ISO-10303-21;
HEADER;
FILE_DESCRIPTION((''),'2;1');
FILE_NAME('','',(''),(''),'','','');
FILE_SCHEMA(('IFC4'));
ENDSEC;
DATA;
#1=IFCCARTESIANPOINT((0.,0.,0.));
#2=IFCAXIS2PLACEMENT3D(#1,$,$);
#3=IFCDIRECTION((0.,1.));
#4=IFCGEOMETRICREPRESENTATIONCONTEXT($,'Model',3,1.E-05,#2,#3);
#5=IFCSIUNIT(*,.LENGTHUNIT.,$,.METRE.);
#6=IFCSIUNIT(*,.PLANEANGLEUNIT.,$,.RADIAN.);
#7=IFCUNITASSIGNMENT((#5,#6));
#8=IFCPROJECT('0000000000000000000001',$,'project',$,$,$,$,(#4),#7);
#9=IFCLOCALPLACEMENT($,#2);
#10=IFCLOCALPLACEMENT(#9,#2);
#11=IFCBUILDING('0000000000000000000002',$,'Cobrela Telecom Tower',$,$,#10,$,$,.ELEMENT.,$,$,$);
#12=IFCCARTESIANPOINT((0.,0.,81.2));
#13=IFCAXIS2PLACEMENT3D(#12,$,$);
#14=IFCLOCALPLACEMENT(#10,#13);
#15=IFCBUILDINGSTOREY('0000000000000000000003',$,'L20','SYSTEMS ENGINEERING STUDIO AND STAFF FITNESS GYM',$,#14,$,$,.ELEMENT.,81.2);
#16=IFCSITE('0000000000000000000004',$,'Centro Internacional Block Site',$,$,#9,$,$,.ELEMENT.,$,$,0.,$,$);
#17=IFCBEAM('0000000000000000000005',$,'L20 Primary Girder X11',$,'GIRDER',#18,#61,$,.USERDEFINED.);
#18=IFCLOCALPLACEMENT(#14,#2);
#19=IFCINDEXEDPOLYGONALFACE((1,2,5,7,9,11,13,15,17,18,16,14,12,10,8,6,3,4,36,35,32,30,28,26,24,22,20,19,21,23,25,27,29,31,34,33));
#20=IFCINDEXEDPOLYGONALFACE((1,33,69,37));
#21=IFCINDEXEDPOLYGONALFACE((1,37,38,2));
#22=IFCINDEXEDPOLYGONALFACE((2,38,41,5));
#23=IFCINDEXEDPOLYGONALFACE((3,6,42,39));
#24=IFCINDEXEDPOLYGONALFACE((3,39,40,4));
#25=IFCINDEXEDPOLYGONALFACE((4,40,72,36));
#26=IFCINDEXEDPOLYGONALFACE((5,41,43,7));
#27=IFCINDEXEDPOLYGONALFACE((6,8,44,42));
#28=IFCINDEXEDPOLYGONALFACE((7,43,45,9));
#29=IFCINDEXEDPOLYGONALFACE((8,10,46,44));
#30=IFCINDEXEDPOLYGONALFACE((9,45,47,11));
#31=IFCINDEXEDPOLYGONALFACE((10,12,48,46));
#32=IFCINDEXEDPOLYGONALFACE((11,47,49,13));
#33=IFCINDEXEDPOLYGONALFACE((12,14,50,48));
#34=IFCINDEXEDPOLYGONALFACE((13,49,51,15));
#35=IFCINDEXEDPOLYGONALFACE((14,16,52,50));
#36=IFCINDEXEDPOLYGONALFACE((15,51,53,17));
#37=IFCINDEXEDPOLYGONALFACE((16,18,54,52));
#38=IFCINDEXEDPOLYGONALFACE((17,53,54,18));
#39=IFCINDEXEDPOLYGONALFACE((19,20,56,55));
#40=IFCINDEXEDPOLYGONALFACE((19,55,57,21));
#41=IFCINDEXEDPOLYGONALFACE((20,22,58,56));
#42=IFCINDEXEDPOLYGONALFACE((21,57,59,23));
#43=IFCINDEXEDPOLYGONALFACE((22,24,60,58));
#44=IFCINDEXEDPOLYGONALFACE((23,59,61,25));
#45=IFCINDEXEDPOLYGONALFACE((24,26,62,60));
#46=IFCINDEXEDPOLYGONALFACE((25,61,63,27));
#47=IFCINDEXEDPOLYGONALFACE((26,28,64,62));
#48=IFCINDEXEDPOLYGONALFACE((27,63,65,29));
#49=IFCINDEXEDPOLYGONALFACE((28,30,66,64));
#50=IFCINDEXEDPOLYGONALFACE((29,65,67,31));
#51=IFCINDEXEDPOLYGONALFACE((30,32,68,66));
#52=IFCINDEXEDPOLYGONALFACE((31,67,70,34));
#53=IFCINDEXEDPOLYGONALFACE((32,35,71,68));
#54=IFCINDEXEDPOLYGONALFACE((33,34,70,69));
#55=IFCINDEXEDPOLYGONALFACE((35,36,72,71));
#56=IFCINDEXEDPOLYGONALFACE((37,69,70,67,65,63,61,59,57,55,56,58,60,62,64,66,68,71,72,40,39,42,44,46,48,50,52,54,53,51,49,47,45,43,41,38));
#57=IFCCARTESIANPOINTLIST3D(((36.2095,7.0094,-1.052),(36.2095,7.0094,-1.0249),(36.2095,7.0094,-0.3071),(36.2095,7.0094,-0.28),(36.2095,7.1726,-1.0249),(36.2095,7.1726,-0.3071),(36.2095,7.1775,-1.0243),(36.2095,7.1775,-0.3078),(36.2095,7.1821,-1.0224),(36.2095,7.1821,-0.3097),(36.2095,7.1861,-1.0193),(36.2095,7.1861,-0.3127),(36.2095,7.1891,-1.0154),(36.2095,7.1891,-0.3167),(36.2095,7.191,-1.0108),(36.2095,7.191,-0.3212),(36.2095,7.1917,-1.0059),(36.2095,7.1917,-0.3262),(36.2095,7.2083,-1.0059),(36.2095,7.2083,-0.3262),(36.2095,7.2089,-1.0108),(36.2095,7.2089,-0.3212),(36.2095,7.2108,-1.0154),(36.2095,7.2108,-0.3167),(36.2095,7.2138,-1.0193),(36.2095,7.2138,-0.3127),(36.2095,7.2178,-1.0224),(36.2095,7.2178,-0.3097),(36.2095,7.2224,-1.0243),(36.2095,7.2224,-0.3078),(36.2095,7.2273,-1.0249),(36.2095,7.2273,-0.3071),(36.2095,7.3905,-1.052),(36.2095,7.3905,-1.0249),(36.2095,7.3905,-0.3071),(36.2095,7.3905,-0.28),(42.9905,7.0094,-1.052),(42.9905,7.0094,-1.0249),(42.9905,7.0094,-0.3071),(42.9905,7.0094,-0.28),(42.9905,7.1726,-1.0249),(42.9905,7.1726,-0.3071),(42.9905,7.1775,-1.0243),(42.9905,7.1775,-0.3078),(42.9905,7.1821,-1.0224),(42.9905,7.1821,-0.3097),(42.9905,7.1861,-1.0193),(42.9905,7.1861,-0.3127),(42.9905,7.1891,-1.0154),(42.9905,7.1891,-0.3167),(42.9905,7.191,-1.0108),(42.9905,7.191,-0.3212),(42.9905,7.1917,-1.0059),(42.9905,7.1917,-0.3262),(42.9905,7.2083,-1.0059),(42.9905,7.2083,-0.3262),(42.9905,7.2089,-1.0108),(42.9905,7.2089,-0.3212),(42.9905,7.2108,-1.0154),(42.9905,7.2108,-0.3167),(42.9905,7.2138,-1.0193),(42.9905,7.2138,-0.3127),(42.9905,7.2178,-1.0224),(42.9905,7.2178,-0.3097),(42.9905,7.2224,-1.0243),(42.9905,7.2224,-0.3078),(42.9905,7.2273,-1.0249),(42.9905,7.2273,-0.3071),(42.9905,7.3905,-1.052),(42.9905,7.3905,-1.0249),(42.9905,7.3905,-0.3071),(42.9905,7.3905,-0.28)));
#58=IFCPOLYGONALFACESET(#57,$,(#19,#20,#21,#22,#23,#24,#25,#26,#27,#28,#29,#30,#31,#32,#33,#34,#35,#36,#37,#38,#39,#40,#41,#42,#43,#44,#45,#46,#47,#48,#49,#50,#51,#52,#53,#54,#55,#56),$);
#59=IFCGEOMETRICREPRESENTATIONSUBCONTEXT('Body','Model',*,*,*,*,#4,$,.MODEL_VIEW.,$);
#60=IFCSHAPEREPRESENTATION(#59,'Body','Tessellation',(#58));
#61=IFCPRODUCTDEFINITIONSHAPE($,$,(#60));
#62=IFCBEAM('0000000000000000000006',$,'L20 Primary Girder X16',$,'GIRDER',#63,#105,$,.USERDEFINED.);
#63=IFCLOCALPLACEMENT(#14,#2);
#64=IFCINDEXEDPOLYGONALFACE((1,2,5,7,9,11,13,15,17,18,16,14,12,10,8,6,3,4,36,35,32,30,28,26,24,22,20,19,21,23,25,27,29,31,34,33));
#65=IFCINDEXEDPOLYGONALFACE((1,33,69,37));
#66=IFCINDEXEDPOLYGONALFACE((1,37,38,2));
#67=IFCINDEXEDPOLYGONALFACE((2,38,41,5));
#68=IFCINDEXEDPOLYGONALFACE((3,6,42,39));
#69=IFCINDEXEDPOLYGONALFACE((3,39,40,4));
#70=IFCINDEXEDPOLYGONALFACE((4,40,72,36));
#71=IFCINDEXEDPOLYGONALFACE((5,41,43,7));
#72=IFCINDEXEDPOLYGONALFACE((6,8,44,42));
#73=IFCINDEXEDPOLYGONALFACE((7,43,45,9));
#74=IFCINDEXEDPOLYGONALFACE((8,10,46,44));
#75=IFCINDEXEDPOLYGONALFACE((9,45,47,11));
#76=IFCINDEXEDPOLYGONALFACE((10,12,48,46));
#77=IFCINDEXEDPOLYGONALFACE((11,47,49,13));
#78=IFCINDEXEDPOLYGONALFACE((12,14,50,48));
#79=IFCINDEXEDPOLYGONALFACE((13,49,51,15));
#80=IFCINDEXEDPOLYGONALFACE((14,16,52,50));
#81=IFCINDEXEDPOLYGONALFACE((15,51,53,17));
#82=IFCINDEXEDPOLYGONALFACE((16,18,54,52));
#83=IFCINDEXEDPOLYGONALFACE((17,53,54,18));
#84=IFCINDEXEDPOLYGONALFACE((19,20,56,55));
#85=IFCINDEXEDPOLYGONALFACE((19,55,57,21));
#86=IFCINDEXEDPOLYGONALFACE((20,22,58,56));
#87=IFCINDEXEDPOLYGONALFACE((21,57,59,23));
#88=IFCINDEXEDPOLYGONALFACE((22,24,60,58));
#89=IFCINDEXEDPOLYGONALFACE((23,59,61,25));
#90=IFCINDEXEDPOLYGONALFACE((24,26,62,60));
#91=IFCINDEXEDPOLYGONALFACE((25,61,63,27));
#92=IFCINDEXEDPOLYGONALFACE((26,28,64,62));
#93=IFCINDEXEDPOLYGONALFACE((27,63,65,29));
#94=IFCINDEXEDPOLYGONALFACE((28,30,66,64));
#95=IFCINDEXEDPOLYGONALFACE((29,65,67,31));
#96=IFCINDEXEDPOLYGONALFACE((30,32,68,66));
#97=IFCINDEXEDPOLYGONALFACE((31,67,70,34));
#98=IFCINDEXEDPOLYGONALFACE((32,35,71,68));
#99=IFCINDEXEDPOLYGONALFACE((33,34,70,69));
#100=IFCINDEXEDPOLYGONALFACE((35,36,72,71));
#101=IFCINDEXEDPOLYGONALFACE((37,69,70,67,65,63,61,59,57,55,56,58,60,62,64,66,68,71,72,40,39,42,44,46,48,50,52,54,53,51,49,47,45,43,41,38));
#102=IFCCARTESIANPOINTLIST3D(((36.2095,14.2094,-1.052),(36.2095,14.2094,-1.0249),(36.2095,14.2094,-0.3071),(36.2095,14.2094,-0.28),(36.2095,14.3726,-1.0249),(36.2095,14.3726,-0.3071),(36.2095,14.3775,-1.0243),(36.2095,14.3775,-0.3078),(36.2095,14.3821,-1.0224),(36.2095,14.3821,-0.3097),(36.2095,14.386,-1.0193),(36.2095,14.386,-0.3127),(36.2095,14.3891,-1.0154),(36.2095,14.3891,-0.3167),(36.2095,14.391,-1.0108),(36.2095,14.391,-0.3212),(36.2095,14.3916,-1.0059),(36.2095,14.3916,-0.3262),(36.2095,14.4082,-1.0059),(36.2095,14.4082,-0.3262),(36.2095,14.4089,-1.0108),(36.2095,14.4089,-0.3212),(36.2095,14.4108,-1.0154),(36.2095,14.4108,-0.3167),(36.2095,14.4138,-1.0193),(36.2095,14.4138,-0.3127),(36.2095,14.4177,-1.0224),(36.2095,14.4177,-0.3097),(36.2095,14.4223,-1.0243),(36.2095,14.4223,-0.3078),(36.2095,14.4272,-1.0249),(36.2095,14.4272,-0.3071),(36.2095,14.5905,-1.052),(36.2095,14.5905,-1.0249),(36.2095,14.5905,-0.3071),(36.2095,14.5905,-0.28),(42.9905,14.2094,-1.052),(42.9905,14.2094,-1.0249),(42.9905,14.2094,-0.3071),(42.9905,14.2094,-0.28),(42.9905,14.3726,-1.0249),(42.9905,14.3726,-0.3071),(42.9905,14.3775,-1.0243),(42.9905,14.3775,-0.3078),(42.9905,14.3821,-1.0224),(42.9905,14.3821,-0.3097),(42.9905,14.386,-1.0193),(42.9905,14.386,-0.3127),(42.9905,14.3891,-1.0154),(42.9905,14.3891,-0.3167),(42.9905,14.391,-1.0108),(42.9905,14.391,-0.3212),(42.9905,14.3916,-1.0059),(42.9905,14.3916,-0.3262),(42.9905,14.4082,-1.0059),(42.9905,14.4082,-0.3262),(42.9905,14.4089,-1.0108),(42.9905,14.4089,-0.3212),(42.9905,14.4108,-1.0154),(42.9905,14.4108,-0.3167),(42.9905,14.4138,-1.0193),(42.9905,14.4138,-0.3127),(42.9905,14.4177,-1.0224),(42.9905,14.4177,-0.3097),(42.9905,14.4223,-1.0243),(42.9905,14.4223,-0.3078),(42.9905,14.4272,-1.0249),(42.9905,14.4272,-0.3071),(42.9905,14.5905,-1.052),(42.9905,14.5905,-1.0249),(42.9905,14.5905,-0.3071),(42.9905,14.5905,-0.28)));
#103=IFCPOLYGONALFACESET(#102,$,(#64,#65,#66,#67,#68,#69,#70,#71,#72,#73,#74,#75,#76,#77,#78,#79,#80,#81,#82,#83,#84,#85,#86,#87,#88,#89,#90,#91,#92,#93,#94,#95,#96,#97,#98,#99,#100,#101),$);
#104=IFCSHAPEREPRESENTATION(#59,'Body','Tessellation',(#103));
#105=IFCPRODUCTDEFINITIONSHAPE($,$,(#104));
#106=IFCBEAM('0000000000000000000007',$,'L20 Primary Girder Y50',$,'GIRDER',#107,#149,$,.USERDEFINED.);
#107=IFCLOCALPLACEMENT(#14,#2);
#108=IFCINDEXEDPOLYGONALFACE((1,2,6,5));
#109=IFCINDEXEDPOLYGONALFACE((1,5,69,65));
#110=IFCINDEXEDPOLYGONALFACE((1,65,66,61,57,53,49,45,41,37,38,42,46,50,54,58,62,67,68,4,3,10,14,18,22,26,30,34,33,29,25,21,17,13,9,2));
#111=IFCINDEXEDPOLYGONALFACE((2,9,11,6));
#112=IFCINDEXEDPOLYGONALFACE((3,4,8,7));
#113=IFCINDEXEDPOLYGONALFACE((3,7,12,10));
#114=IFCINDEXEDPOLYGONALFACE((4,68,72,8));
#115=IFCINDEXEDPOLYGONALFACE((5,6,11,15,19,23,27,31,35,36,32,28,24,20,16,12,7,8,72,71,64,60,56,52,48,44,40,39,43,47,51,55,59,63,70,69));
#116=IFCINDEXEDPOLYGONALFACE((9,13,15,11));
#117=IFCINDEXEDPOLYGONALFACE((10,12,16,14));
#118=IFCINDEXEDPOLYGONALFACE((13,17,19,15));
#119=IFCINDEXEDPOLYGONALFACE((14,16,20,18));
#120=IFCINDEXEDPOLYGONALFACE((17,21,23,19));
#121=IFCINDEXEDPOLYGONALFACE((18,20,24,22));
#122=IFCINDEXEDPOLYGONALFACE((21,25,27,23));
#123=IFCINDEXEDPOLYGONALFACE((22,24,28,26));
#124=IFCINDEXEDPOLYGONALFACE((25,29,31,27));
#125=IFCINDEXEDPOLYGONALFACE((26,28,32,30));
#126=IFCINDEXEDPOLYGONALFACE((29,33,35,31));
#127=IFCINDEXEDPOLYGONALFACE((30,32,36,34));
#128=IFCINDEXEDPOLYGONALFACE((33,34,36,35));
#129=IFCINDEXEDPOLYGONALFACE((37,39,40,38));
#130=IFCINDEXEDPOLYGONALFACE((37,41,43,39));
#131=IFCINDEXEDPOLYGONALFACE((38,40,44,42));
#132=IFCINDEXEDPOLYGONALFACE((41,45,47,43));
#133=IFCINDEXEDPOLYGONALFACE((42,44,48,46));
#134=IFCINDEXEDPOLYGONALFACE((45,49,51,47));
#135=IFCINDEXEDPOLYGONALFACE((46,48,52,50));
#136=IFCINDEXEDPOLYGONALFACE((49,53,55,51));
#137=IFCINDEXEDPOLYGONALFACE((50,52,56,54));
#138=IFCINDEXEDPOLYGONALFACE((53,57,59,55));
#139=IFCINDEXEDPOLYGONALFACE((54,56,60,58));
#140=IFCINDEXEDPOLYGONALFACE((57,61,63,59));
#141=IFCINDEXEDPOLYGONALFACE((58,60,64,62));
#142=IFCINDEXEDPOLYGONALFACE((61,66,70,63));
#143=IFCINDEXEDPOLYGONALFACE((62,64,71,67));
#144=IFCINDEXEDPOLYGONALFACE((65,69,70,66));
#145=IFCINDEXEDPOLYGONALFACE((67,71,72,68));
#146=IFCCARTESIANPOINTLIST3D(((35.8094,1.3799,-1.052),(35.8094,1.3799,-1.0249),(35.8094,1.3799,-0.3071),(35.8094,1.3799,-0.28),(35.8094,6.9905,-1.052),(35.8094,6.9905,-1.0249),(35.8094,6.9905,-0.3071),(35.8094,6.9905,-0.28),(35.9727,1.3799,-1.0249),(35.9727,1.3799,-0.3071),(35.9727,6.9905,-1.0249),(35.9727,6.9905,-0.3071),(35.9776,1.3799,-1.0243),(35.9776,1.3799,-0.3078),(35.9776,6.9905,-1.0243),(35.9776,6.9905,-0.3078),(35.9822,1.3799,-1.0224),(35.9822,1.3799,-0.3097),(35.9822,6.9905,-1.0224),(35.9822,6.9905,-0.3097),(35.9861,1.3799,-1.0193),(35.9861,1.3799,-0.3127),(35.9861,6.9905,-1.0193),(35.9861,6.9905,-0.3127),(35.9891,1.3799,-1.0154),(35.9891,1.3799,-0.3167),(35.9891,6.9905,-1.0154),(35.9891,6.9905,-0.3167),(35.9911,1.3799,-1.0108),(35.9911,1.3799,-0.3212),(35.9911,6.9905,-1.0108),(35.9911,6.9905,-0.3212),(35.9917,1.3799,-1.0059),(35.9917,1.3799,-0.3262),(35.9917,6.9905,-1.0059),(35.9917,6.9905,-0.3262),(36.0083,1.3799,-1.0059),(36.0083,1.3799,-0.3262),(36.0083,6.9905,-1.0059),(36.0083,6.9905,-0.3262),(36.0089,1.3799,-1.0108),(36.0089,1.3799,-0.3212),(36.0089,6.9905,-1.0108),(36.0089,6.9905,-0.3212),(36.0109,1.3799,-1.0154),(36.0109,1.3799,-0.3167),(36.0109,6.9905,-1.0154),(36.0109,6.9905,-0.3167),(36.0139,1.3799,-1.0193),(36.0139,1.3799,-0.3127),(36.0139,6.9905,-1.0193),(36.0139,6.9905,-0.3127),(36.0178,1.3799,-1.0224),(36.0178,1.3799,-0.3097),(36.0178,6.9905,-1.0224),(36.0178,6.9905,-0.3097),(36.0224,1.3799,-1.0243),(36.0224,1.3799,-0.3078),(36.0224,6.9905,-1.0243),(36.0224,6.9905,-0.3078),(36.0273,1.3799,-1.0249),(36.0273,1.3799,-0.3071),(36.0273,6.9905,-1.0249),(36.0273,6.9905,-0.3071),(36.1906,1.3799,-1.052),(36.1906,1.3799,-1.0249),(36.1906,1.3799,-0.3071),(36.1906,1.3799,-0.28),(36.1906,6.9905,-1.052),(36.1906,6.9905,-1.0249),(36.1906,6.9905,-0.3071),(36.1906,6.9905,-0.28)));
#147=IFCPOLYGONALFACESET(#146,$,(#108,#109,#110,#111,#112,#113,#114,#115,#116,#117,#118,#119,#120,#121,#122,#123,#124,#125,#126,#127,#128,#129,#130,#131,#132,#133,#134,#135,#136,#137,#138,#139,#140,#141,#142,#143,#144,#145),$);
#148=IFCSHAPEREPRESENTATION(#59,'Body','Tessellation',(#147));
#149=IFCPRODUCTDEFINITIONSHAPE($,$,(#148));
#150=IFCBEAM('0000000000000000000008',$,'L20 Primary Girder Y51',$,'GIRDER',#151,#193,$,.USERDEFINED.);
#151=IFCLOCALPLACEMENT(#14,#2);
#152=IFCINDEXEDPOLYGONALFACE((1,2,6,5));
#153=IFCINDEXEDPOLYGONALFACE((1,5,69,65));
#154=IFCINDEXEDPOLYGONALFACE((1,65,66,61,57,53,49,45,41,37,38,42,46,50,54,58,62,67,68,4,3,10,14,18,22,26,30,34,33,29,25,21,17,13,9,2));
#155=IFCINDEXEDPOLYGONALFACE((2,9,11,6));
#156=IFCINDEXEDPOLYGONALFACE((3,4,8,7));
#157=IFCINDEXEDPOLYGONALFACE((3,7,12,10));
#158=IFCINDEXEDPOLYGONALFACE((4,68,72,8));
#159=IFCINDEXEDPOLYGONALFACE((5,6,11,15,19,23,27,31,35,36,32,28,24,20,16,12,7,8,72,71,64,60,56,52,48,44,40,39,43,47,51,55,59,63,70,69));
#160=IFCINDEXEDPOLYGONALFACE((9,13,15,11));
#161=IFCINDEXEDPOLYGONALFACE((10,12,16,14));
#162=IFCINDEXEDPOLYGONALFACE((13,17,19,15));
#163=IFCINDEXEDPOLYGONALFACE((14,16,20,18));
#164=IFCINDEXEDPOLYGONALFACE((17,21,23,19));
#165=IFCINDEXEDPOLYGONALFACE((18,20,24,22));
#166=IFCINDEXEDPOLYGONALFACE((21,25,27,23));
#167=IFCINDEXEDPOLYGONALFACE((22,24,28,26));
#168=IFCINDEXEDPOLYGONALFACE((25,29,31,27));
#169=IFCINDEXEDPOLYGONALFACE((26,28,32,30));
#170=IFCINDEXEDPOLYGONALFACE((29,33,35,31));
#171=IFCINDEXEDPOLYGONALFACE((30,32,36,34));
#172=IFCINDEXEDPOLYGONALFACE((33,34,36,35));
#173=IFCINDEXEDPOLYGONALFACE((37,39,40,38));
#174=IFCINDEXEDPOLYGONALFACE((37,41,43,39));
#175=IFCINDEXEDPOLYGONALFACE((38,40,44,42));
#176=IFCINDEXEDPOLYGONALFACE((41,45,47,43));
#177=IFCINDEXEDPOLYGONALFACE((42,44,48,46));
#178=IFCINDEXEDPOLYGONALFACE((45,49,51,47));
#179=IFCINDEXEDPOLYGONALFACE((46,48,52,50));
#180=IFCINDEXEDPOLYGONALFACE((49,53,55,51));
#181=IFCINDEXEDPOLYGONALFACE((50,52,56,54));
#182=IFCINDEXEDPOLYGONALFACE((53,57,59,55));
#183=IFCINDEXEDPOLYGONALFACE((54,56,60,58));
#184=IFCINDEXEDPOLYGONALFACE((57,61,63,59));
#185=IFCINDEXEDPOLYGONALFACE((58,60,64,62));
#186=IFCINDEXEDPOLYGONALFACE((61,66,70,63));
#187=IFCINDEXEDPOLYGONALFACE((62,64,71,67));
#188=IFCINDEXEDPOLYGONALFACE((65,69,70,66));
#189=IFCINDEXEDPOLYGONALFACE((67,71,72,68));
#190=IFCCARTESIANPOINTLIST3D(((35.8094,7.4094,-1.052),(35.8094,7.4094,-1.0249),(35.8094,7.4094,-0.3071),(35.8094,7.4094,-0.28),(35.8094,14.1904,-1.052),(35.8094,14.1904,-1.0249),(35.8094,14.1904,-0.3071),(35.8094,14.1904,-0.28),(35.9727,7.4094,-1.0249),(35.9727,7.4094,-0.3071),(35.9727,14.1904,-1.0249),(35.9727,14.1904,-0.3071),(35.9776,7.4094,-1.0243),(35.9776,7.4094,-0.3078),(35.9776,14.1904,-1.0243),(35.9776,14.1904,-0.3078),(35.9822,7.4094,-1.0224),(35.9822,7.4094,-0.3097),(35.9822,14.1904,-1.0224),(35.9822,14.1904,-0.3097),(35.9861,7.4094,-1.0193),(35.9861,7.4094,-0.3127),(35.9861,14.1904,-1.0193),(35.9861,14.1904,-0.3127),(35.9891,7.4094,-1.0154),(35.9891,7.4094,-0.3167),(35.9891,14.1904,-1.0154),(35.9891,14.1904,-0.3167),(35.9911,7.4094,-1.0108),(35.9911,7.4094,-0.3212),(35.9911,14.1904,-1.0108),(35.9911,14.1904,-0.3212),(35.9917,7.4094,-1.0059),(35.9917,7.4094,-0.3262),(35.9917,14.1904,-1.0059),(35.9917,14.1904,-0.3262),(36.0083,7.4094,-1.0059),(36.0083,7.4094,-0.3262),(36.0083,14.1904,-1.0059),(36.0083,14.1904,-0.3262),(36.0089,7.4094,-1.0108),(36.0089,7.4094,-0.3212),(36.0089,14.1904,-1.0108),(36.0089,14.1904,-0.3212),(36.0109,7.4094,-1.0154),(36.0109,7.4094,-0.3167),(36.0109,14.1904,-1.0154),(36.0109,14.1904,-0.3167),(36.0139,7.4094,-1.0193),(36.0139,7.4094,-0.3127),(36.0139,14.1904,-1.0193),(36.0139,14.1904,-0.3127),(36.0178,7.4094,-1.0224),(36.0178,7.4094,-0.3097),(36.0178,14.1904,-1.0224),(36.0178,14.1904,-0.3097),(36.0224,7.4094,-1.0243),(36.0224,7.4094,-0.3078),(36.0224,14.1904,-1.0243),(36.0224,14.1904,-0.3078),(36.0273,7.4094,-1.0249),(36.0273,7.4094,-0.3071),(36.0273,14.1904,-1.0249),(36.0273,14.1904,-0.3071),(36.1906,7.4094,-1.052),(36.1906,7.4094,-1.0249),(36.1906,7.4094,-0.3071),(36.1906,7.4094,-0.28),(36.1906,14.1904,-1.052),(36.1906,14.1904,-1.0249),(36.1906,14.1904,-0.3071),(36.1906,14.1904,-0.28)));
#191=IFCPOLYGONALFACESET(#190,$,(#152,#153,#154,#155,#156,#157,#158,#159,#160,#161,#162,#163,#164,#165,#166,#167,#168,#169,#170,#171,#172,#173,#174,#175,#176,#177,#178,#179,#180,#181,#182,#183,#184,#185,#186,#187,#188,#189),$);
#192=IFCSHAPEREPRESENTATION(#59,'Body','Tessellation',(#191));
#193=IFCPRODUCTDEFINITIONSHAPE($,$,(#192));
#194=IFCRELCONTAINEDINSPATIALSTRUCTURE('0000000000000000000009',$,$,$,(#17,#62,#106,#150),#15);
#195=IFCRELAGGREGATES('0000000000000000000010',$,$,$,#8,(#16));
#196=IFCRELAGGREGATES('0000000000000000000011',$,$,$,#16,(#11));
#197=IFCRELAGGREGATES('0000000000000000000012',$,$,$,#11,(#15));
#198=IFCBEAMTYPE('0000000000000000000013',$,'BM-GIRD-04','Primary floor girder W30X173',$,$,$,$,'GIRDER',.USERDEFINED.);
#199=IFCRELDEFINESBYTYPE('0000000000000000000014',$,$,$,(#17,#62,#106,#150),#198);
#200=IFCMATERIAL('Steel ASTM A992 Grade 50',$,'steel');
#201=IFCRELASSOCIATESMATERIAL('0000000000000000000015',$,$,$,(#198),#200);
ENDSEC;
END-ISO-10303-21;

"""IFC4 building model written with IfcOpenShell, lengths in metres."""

from ifc_helpers import new_model, si_unit, direction, frame, origin, origin_2d, place, context, subcontext, project, spatial, i_section, extrude, material, material_profile, profile_set, type_object, element, save


model = new_model("IFC4")

# Units and contexts
model_context = context("Model", 3, precision=1e-05, world=origin(), true_north=direction((0.0, 1.0)))
body_context = subcontext(model_context, "Body", "Model", "MODEL_VIEW")
ifc_project = project(units=[si_unit("LENGTHUNIT", "METRE"), si_unit("PLANEANGLEUNIT", "RADIAN")], contexts=[model_context])

# Site, building, storey
site_placement = place(None, origin())
site = spatial("IfcSite", under=ifc_project, at=site_placement, Name="Centro Internacional Block Site", CompositionType="ELEMENT", RefElevation=0.0)
building_placement = place(site_placement, origin())
building = spatial("IfcBuilding", under=site, at=building_placement, Name="Cobrela Telecom Tower", CompositionType="ELEMENT")
storey_placement = place(building_placement, frame((0.0, 0.0, 81.2)))
storey = spatial("IfcBuildingStorey", under=building, at=storey_placement, Name="L20", Description="SYSTEMS ENGINEERING STUDIO AND STAFF FITNESS GYM", CompositionType="ELEMENT", Elevation=81.2)

# Shared definitions
ifc_material_1 = material(Name="Steel ASTM A992 Grade 50", Category="steel")

# Beams
ifc_material_profile_1 = material_profile(ifc_material_1, i_section(OverallWidth=0.3811, OverallDepth=0.772, WebThickness=0.0166, FlangeThickness=0.0271, FilletRadius=0.019, at=origin_2d()), Name="W30X173")
ifc_profile_set_1 = profile_set([ifc_material_profile_1], Name="Steel ASTM A992 Grade 50")
beam_type_1 = type_object("IfcBeamType", Name="BM-GIRD-04", Description="Primary floor girder W30X173", ElementType="GIRDER", PredefinedType="USERDEFINED", material=ifc_profile_set_1)
for number, where, z_axis, x_axis, name in (
    (1, (36.2095, 7.2, -0.666), (1.0, 0.0, 0.0), (0.0, 1.0, 0.0), "L20 Primary Girder X11"),
    (2, (36.2095, 14.3999, -0.666), (1.0, 0.0, 0.0), (0.0, 1.0, 0.0), "L20 Primary Girder X16"),
):
    element("IfcBeam", number, at=place(storey_placement, frame(where, z_axis=z_axis, x_axis=x_axis)), inside=storey, type_object=beam_type_1, Name=name, ObjectType="GIRDER", PredefinedType="USERDEFINED", context=body_context, shape_type="SweptSolid", body=[
        extrude(i_section(OverallWidth=0.3811, OverallDepth=0.772, WebThickness=0.0166, FlangeThickness=0.0271, FilletRadius=0.019, at=origin_2d()), origin(), (0.0, 0.0, 1.0), 6.781),
    ])
beam_1_placement = place(storey_placement, frame((36.0, 1.3799, -0.666), z_axis=(0.0, 1.0, 0.0), x_axis=(-1.0, 0.0, 0.0)))
element("IfcBeam", 3, at=beam_1_placement, inside=storey, type_object=beam_type_1, Name="L20 Primary Girder Y50", ObjectType="GIRDER", PredefinedType="USERDEFINED", context=body_context, shape_type="SweptSolid", body=[
    extrude(i_section(OverallWidth=0.3811, OverallDepth=0.772, WebThickness=0.0166, FlangeThickness=0.0271, FilletRadius=0.019, at=origin_2d()), origin(), (0.0, 0.0, 1.0), 5.6106),
])
beam_2_placement = place(storey_placement, frame((36.0, 7.4094, -0.666), z_axis=(0.0, 1.0, 0.0), x_axis=(-1.0, 0.0, 0.0)))
element("IfcBeam", 4, at=beam_2_placement, inside=storey, type_object=beam_type_1, Name="L20 Primary Girder Y51", ObjectType="GIRDER", PredefinedType="USERDEFINED", context=body_context, shape_type="SweptSolid", body=[
    extrude(i_section(OverallWidth=0.3811, OverallDepth=0.772, WebThickness=0.0166, FlangeThickness=0.0271, FilletRadius=0.019, at=origin_2d()), origin(), (0.0, 0.0, 1.0), 6.781),
])

save(model, "model.ifc")
